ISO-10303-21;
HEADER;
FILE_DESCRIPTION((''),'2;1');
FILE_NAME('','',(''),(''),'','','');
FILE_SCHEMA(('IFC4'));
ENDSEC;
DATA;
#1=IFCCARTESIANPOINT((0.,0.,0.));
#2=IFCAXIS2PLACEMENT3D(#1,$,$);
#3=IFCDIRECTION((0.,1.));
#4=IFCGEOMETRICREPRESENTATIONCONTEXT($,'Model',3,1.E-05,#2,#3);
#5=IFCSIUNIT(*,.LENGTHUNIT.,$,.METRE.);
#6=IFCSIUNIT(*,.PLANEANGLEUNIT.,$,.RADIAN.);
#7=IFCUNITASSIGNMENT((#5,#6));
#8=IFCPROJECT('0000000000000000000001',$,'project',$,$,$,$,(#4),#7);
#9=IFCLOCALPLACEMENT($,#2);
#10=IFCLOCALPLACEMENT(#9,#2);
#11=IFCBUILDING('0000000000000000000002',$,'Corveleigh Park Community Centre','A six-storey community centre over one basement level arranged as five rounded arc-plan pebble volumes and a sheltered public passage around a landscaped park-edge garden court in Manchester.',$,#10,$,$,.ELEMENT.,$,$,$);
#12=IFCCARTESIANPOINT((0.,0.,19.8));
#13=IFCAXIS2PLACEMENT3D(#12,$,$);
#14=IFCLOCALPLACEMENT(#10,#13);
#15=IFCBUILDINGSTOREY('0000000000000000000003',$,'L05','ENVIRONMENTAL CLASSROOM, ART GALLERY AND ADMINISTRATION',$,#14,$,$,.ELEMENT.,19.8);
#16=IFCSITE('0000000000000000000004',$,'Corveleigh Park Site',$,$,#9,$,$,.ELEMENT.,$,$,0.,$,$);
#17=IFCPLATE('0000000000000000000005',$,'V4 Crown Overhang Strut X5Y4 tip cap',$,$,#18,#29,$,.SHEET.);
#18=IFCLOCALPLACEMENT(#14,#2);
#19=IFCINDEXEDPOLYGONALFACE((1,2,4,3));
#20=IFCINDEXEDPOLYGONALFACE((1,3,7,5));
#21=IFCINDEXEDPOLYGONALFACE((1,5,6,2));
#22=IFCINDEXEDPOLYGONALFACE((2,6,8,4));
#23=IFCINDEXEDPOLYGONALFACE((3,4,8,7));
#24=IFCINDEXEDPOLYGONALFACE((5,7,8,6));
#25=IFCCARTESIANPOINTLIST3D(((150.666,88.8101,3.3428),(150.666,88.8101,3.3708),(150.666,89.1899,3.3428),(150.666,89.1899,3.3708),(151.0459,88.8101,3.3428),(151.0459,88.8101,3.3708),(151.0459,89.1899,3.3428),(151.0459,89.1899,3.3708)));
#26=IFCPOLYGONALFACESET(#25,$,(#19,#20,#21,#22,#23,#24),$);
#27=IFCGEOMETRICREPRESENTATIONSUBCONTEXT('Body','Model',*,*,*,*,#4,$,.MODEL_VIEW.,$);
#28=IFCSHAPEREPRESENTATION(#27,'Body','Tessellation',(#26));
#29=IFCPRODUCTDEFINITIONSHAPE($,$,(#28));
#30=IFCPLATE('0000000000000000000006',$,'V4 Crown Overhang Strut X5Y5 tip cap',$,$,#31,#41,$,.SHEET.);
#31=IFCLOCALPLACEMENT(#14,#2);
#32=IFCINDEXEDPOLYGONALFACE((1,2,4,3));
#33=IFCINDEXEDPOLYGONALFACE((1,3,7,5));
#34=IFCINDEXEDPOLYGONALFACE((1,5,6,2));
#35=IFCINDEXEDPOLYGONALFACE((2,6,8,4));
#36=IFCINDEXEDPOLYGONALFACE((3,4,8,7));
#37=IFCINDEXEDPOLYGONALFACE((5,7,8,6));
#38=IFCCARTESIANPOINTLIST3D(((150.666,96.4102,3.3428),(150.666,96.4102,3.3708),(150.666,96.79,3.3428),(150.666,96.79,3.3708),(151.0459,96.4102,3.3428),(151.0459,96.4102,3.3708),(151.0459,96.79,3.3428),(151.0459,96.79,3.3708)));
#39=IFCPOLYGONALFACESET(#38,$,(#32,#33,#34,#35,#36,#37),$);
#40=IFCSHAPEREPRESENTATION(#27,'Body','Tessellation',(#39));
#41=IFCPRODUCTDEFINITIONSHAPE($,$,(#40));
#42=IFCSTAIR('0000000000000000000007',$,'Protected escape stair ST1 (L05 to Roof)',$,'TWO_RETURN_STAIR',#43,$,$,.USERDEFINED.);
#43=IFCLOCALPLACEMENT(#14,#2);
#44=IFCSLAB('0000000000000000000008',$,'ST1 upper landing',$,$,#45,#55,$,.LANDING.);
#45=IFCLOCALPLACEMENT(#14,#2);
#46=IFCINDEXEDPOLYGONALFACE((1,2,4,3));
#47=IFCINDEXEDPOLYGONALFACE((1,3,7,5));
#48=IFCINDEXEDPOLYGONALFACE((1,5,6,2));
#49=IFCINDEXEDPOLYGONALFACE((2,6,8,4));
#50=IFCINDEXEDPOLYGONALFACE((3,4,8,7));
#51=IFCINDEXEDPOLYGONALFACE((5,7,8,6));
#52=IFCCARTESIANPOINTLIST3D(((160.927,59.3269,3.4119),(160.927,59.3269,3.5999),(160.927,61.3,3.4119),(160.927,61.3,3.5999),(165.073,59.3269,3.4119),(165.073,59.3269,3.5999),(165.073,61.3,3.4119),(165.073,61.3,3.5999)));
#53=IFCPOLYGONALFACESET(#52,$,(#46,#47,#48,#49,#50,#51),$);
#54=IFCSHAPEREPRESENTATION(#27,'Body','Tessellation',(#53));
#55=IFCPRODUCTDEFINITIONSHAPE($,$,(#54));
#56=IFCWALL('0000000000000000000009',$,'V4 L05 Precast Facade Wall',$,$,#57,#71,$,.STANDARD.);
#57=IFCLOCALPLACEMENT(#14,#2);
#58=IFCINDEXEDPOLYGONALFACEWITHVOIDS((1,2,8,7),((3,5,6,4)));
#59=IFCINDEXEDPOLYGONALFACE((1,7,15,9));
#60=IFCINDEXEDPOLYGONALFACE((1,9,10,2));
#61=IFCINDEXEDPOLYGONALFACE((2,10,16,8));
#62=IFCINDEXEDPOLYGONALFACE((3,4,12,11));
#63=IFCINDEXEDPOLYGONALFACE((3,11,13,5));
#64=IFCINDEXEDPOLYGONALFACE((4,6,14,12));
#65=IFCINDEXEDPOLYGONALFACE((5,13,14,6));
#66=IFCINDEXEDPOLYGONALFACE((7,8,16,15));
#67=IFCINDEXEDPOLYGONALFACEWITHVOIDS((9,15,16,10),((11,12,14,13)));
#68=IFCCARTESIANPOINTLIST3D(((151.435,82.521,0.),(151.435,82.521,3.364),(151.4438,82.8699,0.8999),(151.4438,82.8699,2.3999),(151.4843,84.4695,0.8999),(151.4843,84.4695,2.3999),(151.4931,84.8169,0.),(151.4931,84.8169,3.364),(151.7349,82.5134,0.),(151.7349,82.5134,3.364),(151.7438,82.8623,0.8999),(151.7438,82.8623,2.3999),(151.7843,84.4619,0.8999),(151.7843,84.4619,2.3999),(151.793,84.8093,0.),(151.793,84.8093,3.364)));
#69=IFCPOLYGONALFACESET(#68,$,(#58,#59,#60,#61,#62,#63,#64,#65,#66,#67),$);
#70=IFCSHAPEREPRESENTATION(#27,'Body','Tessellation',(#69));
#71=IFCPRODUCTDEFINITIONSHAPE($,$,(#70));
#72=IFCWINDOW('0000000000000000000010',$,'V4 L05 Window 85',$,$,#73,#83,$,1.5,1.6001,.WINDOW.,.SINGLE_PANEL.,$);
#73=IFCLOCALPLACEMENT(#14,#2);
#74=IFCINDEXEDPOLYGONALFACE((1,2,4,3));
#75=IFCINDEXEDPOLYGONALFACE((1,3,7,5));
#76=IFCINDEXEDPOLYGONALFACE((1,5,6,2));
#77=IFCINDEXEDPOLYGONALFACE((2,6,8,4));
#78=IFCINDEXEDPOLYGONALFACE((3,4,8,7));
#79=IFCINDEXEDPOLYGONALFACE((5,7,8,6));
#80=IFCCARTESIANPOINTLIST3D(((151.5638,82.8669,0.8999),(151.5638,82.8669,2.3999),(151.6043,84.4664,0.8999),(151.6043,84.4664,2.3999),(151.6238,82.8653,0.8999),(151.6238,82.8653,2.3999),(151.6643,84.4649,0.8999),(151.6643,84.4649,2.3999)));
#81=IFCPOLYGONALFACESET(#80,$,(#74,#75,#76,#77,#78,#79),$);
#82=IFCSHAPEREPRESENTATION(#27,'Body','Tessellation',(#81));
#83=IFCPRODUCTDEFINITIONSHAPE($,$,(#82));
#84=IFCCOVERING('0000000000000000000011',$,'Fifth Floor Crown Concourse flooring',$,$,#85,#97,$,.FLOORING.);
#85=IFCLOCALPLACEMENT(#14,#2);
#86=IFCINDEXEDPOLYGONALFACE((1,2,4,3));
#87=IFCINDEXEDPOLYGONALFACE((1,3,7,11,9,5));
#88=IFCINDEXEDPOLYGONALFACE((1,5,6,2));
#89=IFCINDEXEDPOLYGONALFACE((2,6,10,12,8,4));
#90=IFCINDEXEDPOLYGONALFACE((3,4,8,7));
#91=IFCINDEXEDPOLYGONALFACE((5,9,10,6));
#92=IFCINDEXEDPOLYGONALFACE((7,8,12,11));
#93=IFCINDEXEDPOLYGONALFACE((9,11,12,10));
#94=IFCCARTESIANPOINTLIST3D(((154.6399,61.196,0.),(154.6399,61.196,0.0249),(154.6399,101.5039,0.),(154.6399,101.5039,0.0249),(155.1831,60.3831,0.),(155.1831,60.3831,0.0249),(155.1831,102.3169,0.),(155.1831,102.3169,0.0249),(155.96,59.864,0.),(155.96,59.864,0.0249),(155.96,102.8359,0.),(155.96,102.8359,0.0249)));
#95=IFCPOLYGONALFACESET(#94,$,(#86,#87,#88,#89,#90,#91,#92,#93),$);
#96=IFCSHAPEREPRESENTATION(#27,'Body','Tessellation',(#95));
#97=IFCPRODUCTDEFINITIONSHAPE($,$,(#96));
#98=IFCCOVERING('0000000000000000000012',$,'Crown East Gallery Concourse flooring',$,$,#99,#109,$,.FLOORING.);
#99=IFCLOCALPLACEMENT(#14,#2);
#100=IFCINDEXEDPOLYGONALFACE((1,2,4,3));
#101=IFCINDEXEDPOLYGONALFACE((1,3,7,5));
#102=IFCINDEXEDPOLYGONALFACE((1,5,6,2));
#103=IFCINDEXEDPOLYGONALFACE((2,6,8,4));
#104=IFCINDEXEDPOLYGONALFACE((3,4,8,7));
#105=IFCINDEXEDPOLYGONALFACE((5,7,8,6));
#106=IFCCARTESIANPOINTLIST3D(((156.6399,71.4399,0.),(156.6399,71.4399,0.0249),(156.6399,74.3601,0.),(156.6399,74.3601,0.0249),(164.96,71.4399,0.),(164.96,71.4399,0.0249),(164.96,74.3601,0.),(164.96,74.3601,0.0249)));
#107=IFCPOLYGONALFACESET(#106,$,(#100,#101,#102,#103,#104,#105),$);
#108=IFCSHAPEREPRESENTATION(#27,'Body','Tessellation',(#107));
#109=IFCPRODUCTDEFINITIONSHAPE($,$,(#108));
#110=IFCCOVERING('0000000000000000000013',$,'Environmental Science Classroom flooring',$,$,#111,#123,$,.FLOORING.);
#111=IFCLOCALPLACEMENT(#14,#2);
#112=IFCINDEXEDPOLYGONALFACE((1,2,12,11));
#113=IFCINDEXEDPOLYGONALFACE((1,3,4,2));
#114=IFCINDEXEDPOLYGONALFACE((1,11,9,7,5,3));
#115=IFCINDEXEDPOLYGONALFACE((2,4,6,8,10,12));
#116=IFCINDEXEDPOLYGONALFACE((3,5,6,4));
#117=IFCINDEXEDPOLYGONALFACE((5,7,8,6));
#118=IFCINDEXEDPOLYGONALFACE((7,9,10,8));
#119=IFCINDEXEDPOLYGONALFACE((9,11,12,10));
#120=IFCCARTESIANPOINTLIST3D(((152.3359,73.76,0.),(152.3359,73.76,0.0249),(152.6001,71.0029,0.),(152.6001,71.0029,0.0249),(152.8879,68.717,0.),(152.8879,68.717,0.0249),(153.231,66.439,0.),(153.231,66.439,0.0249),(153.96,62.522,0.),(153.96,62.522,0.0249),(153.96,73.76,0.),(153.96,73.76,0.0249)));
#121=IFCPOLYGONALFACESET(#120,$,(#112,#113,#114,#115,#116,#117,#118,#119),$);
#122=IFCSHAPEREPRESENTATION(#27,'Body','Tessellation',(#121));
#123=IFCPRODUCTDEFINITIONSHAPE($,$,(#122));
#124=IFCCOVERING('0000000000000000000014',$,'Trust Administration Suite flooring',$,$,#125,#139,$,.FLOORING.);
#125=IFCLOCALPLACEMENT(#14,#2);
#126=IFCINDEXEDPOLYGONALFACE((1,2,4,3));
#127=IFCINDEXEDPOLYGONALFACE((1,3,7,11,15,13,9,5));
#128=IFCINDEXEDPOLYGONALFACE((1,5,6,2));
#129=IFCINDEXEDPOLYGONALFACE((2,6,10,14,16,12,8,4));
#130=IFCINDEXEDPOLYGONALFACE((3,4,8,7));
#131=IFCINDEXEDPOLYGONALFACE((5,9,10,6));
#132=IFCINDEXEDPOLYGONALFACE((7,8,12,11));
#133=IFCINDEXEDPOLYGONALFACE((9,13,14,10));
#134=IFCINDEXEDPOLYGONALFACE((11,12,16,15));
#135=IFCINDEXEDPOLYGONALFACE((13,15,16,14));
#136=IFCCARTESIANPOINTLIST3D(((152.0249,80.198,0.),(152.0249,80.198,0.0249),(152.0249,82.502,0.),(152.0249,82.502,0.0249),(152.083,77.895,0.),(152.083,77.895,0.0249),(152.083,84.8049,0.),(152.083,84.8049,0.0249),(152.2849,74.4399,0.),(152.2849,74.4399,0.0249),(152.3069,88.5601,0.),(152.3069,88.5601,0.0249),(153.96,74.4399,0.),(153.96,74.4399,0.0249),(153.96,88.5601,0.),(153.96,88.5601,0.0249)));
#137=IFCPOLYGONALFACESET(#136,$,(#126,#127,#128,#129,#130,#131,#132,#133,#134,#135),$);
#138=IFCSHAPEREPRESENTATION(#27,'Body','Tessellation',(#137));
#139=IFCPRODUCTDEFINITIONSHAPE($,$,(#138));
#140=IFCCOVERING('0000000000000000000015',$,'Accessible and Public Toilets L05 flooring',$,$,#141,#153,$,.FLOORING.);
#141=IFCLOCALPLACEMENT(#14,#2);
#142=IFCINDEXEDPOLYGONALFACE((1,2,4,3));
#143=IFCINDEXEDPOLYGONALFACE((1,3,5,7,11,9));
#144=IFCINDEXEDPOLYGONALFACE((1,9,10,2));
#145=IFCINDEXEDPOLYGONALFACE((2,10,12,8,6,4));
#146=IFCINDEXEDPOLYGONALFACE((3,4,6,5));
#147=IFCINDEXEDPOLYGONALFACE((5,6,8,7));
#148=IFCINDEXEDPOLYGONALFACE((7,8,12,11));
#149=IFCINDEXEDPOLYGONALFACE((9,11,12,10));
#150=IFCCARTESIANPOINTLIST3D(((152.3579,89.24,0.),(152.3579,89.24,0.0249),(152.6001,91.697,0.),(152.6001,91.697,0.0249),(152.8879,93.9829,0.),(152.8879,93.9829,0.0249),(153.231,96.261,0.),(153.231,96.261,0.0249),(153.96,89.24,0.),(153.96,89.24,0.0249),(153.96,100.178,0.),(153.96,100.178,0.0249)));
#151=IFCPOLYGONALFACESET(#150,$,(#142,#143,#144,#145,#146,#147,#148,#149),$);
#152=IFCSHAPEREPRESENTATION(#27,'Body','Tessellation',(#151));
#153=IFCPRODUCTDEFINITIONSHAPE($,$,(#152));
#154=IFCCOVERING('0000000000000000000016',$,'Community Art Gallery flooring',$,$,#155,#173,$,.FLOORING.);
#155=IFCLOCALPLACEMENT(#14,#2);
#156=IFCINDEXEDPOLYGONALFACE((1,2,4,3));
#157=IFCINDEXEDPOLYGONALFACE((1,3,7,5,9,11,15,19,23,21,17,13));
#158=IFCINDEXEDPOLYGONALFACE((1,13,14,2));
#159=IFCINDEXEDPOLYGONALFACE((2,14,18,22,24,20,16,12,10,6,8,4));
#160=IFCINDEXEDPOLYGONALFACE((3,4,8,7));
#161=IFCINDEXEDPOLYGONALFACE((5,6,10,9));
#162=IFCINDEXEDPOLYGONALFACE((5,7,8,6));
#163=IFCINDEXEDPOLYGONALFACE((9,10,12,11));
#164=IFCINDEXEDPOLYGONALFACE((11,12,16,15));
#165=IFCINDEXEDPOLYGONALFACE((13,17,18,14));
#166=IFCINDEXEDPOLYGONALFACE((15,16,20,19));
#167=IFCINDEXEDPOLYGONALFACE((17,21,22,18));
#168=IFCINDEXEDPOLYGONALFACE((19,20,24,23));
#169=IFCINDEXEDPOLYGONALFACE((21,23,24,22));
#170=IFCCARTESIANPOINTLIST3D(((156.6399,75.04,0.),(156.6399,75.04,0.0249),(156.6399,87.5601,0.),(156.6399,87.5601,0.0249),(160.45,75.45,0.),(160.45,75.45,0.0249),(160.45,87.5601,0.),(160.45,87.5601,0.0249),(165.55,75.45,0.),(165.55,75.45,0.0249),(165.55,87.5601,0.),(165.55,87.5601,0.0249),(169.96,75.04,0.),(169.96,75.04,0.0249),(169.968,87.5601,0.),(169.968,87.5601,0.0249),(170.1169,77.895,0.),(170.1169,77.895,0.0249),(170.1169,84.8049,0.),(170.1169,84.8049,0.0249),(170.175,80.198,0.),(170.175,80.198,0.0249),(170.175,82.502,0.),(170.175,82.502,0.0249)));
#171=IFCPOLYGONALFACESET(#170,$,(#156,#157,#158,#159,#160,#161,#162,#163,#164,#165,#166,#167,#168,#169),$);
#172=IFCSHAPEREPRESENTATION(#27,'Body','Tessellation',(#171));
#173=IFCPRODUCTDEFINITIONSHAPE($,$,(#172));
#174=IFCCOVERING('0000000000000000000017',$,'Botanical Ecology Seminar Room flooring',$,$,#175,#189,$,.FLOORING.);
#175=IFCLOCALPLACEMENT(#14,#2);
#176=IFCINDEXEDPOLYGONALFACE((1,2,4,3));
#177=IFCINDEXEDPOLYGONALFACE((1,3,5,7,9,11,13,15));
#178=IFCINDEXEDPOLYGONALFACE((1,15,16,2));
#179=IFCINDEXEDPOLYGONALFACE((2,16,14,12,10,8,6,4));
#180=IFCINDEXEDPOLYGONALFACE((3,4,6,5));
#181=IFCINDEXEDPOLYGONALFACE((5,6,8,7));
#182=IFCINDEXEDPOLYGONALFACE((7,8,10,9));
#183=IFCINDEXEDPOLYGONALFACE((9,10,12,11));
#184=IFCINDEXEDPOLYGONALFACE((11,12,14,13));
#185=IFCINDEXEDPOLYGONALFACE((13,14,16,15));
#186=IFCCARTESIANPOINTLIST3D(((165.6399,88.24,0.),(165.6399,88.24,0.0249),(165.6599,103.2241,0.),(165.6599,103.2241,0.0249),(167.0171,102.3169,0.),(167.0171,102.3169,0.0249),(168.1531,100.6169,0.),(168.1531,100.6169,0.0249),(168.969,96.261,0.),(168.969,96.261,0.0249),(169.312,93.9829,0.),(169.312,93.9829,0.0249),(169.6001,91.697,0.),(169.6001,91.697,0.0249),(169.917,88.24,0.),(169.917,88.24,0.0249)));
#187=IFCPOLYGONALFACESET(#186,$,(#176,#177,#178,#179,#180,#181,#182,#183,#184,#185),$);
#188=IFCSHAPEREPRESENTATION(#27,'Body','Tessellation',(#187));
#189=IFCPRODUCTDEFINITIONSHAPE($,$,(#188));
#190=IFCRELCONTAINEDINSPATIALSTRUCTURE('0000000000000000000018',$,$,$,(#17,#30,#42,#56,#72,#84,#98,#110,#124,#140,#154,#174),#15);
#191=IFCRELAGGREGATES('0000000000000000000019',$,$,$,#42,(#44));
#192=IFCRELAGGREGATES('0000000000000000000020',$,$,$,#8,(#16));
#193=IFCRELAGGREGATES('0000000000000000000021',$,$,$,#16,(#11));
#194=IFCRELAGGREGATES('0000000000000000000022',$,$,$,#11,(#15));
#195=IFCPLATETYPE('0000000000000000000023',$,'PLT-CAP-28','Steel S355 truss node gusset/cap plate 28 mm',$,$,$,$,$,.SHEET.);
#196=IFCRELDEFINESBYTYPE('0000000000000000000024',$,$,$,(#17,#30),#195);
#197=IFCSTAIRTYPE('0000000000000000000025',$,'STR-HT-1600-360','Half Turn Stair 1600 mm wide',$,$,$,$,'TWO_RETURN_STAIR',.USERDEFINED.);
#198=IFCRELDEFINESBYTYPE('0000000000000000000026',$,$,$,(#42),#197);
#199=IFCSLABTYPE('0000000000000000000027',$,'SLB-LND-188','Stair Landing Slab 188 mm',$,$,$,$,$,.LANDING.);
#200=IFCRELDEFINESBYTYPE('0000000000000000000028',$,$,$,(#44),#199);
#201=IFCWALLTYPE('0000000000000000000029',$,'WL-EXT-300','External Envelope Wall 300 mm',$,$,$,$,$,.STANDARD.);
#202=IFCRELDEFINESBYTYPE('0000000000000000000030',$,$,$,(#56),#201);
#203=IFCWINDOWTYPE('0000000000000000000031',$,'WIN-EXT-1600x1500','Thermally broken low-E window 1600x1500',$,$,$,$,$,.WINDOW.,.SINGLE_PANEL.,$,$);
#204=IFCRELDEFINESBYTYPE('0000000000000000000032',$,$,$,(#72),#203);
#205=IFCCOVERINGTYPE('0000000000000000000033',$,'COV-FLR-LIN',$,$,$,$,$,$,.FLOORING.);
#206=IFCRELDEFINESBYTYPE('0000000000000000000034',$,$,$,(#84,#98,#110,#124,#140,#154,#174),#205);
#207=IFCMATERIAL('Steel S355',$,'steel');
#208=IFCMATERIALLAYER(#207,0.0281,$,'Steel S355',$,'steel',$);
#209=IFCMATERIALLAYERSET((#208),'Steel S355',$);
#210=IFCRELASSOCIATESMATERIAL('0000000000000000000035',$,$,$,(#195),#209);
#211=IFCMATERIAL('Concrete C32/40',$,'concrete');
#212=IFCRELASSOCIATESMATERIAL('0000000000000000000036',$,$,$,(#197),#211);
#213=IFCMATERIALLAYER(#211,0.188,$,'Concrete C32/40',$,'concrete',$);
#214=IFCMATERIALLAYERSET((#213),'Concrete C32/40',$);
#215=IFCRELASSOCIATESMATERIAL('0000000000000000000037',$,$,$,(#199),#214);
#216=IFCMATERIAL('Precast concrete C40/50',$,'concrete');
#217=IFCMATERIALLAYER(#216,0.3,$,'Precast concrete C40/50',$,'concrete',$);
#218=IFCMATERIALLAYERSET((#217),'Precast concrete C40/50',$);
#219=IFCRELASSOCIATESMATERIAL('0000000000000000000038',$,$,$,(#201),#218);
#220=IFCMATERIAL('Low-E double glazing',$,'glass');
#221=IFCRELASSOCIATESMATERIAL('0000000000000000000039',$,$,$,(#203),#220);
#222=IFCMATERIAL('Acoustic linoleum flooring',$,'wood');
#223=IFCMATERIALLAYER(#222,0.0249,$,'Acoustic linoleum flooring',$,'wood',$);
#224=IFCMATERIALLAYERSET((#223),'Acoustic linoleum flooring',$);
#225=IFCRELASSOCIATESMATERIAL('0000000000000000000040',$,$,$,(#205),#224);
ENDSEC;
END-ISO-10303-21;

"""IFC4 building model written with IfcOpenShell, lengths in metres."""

from ifc_helpers import new_model, si_unit, direction, frame, frame_2d, origin, origin_2d, place, context, subcontext, project, spatial, polyline, rectangle, outline, extrude, material, layer, layer_set, type_object, element, fill, aggregate, save


model = new_model("IFC4")

# Units and contexts
model_context = context("Model", 3, precision=1e-05, world=origin(), true_north=direction((0.0, 1.0)))
body_context = subcontext(model_context, "Body", "Model", "MODEL_VIEW")
ifc_project = project(units=[si_unit("LENGTHUNIT", "METRE"), si_unit("PLANEANGLEUNIT", "RADIAN")], contexts=[model_context])

# Site, building, storey
site_placement = place(None, origin())
site = spatial("IfcSite", under=ifc_project, at=site_placement, Name="Corveleigh Park Site", CompositionType="ELEMENT", RefElevation=0.0)
building_placement = place(site_placement, origin())
building = spatial("IfcBuilding", under=site, at=building_placement, Name="Corveleigh Park Community Centre", Description="A six-storey community centre over one basement level arranged as five rounded arc-plan pebble volumes and a sheltered public passage around a landscaped park-edge garden court in Manchester.", CompositionType="ELEMENT")
storey_placement = place(building_placement, frame((0.0, 0.0, 19.8)))
storey = spatial("IfcBuildingStorey", under=building, at=storey_placement, Name="L05", Description="ENVIRONMENTAL CLASSROOM, ART GALLERY AND ADMINISTRATION", CompositionType="ELEMENT", Elevation=19.8)

# Shared definitions
ifc_material_1 = material(Name="Low-E double glazing", Category="glass")

# Plates
ifc_material_2 = material(Name="Steel S355", Category="steel")
ifc_layer_1 = layer(ifc_material_2, 0.0281, Name="Steel S355", Category="steel")
ifc_layer_set_1 = layer_set([ifc_layer_1], Name="Steel S355")
plate_type_1 = type_object("IfcPlateType", Name="PLT-CAP-28", Description="Steel S355 truss node gusset/cap plate 28 mm", PredefinedType="SHEET", material=ifc_layer_set_1)
for number, where, z_axis, x_axis, name in (
    (1, (150.856, 89.0, 3.3428), (0.0, 0.0, 1.0), (1.0, 0.0, 0.0), "V4 Crown Overhang Strut X5Y4 tip cap"),
    (2, (150.856, 96.6001, 3.3428), (0.0, 0.0, 1.0), (1.0, 0.0, 0.0), "V4 Crown Overhang Strut X5Y5 tip cap"),
):
    element("IfcPlate", number, at=place(storey_placement, frame(where, z_axis=z_axis, x_axis=x_axis)), inside=storey, type_object=plate_type_1, Name=name, PredefinedType="SHEET", context=body_context, shape_type="SweptSolid", body=[
        extrude(rectangle(XDim=0.3799, YDim=0.3799, at=origin_2d()), origin(), (0.0, 0.0, 1.0), 0.0281),
    ])

# Stair, slab
ifc_material_3 = material(Name="Concrete C32/40", Category="concrete")
stair_type = type_object("IfcStairType", Name="STR-HT-1600-360", Description="Half Turn Stair 1600 mm wide", ElementType="TWO_RETURN_STAIR", PredefinedType="USERDEFINED", material=ifc_material_3)
stair_placement = place(storey_placement, origin())
stair = element("IfcStair", 3, at=stair_placement, inside=storey, type_object=stair_type, Name="Protected escape stair ST1 (L05 to Roof)", ObjectType="TWO_RETURN_STAIR", PredefinedType="USERDEFINED")
ifc_layer_2 = layer(ifc_material_3, 0.188, Name="Concrete C32/40", Category="concrete")
ifc_layer_set_2 = layer_set([ifc_layer_2], Name="Concrete C32/40")
slab_type = type_object("IfcSlabType", Name="SLB-LND-188", Description="Stair Landing Slab 188 mm", PredefinedType="LANDING", material=ifc_layer_set_2)
slab_placement = place(storey_placement, frame((0.0, 0.0, 3.4119)))
slab = element("IfcSlab", 4, at=slab_placement, type_object=slab_type, Name="ST1 upper landing", PredefinedType="LANDING", context=body_context, shape_type="SweptSolid", body=[
    extrude(outline(polyline([(160.927, 59.3269), (165.073, 59.3269), (165.073, 61.3), (160.927, 61.3), (160.927, 59.3269)])), origin(), (0.0, 0.0, 1.0), 0.188),
])
aggregate(stair, [slab])

# Wall, opening, window
ifc_material_4 = material(Name="Precast concrete C40/50", Category="concrete")
ifc_layer_3 = layer(ifc_material_4, 0.3, Name="Precast concrete C40/50", Category="concrete")
ifc_layer_set_3 = layer_set([ifc_layer_3], Name="Precast concrete C40/50")
wall_type = type_object("IfcWallType", Name="WL-EXT-300", Description="External Envelope Wall 300 mm", PredefinedType="STANDARD", material=ifc_layer_set_3)
wall_placement = place(storey_placement, frame((151.585, 82.5171, 0.0), z_axis=(0.0, 0.0, 1.0), x_axis=(0.0253, 0.99968, 0.0)))
wall = element("IfcWall", 5, at=wall_placement, inside=storey, type_object=wall_type, Name="V4 L05 Precast Facade Wall", PredefinedType="STANDARD", context=body_context, shape_type="SweptSolid", body=[
    extrude(rectangle(XDim=2.2966, YDim=0.3, at=frame_2d((1.1484, 0.0))), origin(), (0.0, 0.0, 1.0), 3.364),
])
opening_placement = place(wall_placement, frame((0.3491, 0.0, 0.8999)))
opening = element("IfcOpeningElement", 6, at=opening_placement, cuts=wall, PredefinedType="OPENING", context=body_context, shape_type="SweptSolid", body=[
    extrude(rectangle(XDim=1.6001, YDim=1.5, at=frame_2d((0.8, 0.75))), frame((0.0, 0.1599, 0.0), z_axis=(0.0, -1.0, 0.0), x_axis=(1.0, 0.0, 0.0)), (0.0, 0.0, 1.0), 0.3201),
])
window_type = type_object("IfcWindowType", Name="WIN-EXT-1600x1500", Description="Thermally broken low-E window 1600x1500", PartitioningType="SINGLE_PANEL", PredefinedType="WINDOW", material=ifc_material_1)
window_placement = place(opening_placement, origin())
window = element("IfcWindow", 7, at=window_placement, inside=storey, type_object=window_type, Name="V4 L05 Window 85", OverallHeight=1.5, OverallWidth=1.6001, PartitioningType="SINGLE_PANEL", PredefinedType="WINDOW", context=body_context, shape_type="SweptSolid", body=[
    extrude(rectangle(XDim=1.6001, YDim=1.5, at=frame_2d((0.8, 0.75))), frame((0.0, 0.03, 0.0), z_axis=(0.0, -1.0, 0.0), x_axis=(1.0, 0.0, 0.0)), (0.0, 0.0, 1.0), 0.0601),
])
fill(opening, window)

# Coverings
ifc_material_5 = material(Name="Acoustic linoleum flooring", Category="wood")
ifc_layer_4 = layer(ifc_material_5, 0.0249, Name="Acoustic linoleum flooring", Category="wood")
ifc_layer_set_4 = layer_set([ifc_layer_4], Name="Acoustic linoleum flooring")
covering_type_1 = type_object("IfcCoveringType", Name="COV-FLR-LIN", PredefinedType="FLOORING", material=ifc_layer_set_4)
covering_1_placement = place(storey_placement, origin())
element("IfcCovering", 8, at=covering_1_placement, inside=storey, type_object=covering_type_1, Name="Fifth Floor Crown Concourse flooring", PredefinedType="FLOORING", context=body_context, shape_type="SweptSolid", body=[
    extrude(outline(polyline([(154.6399, 61.196), (154.6399, 101.5039), (155.1831, 102.3169), (155.96, 102.8359), (155.96, 59.864), (155.1831, 60.3831), (154.6399, 61.196)])), origin(), (0.0, 0.0, 1.0), 0.0249),
])
covering_2_placement = place(storey_placement, origin())
element("IfcCovering", 9, at=covering_2_placement, inside=storey, type_object=covering_type_1, Name="Crown East Gallery Concourse flooring", PredefinedType="FLOORING", context=body_context, shape_type="SweptSolid", body=[
    extrude(outline(polyline([(164.96, 71.4399), (156.6399, 71.4399), (156.6399, 74.3601), (164.96, 74.3601), (164.96, 71.4399)])), origin(), (0.0, 0.0, 1.0), 0.0249),
])
covering_3_placement = place(storey_placement, origin())
element("IfcCovering", 10, at=covering_3_placement, inside=storey, type_object=covering_type_1, Name="Environmental Science Classroom flooring", PredefinedType="FLOORING", context=body_context, shape_type="SweptSolid", body=[
    extrude(outline(polyline([(152.6001, 71.0029), (152.3359, 73.76), (153.96, 73.76), (153.96, 62.522), (153.231, 66.439), (152.8879, 68.717), (152.6001, 71.0029)])), origin(), (0.0, 0.0, 1.0), 0.0249),
])
covering_4_placement = place(storey_placement, origin())
element("IfcCovering", 11, at=covering_4_placement, inside=storey, type_object=covering_type_1, Name="Trust Administration Suite flooring", PredefinedType="FLOORING", context=body_context, shape_type="SweptSolid", body=[
    extrude(outline(polyline([(152.083, 77.895), (152.0249, 80.198), (152.0249, 82.502), (152.083, 84.8049), (152.3069, 88.5601), (153.96, 88.5601), (153.96, 74.4399), (152.2849, 74.4399), (152.083, 77.895)])), origin(), (0.0, 0.0, 1.0), 0.0249),
])
covering_5_placement = place(storey_placement, origin())
element("IfcCovering", 12, at=covering_5_placement, inside=storey, type_object=covering_type_1, Name="Accessible and Public Toilets L05 flooring", PredefinedType="FLOORING", context=body_context, shape_type="SweptSolid", body=[
    extrude(outline(polyline([(153.231, 96.261), (153.96, 100.178), (153.96, 89.24), (152.3579, 89.24), (152.6001, 91.697), (152.8879, 93.9829), (153.231, 96.261)])), origin(), (0.0, 0.0, 1.0), 0.0249),
])
covering_6_placement = place(storey_placement, origin())
element("IfcCovering", 13, at=covering_6_placement, inside=storey, type_object=covering_type_1, Name="Community Art Gallery flooring", PredefinedType="FLOORING", context=body_context, shape_type="SweptSolid", body=[
    extrude(outline(polyline([(165.55, 75.45), (165.55, 87.5601), (169.968, 87.5601), (170.1169, 84.8049), (170.175, 82.502), (170.175, 80.198), (170.1169, 77.895), (169.96, 75.04), (156.6399, 75.04), (156.6399, 87.5601), (160.45, 87.5601), (160.45, 75.45), (165.55, 75.45)])), origin(), (0.0, 0.0, 1.0), 0.0249),
])
covering_7_placement = place(storey_placement, origin())
element("IfcCovering", 14, at=covering_7_placement, inside=storey, type_object=covering_type_1, Name="Botanical Ecology Seminar Room flooring", PredefinedType="FLOORING", context=body_context, shape_type="SweptSolid", body=[
    extrude(outline(polyline([(169.6001, 91.697), (169.917, 88.24), (165.6399, 88.24), (165.6599, 103.2241), (167.0171, 102.3169), (168.1531, 100.6169), (168.969, 96.261), (169.312, 93.9829), (169.6001, 91.697)])), origin(), (0.0, 0.0, 1.0), 0.0249),
])

save(model, "model.ifc")
